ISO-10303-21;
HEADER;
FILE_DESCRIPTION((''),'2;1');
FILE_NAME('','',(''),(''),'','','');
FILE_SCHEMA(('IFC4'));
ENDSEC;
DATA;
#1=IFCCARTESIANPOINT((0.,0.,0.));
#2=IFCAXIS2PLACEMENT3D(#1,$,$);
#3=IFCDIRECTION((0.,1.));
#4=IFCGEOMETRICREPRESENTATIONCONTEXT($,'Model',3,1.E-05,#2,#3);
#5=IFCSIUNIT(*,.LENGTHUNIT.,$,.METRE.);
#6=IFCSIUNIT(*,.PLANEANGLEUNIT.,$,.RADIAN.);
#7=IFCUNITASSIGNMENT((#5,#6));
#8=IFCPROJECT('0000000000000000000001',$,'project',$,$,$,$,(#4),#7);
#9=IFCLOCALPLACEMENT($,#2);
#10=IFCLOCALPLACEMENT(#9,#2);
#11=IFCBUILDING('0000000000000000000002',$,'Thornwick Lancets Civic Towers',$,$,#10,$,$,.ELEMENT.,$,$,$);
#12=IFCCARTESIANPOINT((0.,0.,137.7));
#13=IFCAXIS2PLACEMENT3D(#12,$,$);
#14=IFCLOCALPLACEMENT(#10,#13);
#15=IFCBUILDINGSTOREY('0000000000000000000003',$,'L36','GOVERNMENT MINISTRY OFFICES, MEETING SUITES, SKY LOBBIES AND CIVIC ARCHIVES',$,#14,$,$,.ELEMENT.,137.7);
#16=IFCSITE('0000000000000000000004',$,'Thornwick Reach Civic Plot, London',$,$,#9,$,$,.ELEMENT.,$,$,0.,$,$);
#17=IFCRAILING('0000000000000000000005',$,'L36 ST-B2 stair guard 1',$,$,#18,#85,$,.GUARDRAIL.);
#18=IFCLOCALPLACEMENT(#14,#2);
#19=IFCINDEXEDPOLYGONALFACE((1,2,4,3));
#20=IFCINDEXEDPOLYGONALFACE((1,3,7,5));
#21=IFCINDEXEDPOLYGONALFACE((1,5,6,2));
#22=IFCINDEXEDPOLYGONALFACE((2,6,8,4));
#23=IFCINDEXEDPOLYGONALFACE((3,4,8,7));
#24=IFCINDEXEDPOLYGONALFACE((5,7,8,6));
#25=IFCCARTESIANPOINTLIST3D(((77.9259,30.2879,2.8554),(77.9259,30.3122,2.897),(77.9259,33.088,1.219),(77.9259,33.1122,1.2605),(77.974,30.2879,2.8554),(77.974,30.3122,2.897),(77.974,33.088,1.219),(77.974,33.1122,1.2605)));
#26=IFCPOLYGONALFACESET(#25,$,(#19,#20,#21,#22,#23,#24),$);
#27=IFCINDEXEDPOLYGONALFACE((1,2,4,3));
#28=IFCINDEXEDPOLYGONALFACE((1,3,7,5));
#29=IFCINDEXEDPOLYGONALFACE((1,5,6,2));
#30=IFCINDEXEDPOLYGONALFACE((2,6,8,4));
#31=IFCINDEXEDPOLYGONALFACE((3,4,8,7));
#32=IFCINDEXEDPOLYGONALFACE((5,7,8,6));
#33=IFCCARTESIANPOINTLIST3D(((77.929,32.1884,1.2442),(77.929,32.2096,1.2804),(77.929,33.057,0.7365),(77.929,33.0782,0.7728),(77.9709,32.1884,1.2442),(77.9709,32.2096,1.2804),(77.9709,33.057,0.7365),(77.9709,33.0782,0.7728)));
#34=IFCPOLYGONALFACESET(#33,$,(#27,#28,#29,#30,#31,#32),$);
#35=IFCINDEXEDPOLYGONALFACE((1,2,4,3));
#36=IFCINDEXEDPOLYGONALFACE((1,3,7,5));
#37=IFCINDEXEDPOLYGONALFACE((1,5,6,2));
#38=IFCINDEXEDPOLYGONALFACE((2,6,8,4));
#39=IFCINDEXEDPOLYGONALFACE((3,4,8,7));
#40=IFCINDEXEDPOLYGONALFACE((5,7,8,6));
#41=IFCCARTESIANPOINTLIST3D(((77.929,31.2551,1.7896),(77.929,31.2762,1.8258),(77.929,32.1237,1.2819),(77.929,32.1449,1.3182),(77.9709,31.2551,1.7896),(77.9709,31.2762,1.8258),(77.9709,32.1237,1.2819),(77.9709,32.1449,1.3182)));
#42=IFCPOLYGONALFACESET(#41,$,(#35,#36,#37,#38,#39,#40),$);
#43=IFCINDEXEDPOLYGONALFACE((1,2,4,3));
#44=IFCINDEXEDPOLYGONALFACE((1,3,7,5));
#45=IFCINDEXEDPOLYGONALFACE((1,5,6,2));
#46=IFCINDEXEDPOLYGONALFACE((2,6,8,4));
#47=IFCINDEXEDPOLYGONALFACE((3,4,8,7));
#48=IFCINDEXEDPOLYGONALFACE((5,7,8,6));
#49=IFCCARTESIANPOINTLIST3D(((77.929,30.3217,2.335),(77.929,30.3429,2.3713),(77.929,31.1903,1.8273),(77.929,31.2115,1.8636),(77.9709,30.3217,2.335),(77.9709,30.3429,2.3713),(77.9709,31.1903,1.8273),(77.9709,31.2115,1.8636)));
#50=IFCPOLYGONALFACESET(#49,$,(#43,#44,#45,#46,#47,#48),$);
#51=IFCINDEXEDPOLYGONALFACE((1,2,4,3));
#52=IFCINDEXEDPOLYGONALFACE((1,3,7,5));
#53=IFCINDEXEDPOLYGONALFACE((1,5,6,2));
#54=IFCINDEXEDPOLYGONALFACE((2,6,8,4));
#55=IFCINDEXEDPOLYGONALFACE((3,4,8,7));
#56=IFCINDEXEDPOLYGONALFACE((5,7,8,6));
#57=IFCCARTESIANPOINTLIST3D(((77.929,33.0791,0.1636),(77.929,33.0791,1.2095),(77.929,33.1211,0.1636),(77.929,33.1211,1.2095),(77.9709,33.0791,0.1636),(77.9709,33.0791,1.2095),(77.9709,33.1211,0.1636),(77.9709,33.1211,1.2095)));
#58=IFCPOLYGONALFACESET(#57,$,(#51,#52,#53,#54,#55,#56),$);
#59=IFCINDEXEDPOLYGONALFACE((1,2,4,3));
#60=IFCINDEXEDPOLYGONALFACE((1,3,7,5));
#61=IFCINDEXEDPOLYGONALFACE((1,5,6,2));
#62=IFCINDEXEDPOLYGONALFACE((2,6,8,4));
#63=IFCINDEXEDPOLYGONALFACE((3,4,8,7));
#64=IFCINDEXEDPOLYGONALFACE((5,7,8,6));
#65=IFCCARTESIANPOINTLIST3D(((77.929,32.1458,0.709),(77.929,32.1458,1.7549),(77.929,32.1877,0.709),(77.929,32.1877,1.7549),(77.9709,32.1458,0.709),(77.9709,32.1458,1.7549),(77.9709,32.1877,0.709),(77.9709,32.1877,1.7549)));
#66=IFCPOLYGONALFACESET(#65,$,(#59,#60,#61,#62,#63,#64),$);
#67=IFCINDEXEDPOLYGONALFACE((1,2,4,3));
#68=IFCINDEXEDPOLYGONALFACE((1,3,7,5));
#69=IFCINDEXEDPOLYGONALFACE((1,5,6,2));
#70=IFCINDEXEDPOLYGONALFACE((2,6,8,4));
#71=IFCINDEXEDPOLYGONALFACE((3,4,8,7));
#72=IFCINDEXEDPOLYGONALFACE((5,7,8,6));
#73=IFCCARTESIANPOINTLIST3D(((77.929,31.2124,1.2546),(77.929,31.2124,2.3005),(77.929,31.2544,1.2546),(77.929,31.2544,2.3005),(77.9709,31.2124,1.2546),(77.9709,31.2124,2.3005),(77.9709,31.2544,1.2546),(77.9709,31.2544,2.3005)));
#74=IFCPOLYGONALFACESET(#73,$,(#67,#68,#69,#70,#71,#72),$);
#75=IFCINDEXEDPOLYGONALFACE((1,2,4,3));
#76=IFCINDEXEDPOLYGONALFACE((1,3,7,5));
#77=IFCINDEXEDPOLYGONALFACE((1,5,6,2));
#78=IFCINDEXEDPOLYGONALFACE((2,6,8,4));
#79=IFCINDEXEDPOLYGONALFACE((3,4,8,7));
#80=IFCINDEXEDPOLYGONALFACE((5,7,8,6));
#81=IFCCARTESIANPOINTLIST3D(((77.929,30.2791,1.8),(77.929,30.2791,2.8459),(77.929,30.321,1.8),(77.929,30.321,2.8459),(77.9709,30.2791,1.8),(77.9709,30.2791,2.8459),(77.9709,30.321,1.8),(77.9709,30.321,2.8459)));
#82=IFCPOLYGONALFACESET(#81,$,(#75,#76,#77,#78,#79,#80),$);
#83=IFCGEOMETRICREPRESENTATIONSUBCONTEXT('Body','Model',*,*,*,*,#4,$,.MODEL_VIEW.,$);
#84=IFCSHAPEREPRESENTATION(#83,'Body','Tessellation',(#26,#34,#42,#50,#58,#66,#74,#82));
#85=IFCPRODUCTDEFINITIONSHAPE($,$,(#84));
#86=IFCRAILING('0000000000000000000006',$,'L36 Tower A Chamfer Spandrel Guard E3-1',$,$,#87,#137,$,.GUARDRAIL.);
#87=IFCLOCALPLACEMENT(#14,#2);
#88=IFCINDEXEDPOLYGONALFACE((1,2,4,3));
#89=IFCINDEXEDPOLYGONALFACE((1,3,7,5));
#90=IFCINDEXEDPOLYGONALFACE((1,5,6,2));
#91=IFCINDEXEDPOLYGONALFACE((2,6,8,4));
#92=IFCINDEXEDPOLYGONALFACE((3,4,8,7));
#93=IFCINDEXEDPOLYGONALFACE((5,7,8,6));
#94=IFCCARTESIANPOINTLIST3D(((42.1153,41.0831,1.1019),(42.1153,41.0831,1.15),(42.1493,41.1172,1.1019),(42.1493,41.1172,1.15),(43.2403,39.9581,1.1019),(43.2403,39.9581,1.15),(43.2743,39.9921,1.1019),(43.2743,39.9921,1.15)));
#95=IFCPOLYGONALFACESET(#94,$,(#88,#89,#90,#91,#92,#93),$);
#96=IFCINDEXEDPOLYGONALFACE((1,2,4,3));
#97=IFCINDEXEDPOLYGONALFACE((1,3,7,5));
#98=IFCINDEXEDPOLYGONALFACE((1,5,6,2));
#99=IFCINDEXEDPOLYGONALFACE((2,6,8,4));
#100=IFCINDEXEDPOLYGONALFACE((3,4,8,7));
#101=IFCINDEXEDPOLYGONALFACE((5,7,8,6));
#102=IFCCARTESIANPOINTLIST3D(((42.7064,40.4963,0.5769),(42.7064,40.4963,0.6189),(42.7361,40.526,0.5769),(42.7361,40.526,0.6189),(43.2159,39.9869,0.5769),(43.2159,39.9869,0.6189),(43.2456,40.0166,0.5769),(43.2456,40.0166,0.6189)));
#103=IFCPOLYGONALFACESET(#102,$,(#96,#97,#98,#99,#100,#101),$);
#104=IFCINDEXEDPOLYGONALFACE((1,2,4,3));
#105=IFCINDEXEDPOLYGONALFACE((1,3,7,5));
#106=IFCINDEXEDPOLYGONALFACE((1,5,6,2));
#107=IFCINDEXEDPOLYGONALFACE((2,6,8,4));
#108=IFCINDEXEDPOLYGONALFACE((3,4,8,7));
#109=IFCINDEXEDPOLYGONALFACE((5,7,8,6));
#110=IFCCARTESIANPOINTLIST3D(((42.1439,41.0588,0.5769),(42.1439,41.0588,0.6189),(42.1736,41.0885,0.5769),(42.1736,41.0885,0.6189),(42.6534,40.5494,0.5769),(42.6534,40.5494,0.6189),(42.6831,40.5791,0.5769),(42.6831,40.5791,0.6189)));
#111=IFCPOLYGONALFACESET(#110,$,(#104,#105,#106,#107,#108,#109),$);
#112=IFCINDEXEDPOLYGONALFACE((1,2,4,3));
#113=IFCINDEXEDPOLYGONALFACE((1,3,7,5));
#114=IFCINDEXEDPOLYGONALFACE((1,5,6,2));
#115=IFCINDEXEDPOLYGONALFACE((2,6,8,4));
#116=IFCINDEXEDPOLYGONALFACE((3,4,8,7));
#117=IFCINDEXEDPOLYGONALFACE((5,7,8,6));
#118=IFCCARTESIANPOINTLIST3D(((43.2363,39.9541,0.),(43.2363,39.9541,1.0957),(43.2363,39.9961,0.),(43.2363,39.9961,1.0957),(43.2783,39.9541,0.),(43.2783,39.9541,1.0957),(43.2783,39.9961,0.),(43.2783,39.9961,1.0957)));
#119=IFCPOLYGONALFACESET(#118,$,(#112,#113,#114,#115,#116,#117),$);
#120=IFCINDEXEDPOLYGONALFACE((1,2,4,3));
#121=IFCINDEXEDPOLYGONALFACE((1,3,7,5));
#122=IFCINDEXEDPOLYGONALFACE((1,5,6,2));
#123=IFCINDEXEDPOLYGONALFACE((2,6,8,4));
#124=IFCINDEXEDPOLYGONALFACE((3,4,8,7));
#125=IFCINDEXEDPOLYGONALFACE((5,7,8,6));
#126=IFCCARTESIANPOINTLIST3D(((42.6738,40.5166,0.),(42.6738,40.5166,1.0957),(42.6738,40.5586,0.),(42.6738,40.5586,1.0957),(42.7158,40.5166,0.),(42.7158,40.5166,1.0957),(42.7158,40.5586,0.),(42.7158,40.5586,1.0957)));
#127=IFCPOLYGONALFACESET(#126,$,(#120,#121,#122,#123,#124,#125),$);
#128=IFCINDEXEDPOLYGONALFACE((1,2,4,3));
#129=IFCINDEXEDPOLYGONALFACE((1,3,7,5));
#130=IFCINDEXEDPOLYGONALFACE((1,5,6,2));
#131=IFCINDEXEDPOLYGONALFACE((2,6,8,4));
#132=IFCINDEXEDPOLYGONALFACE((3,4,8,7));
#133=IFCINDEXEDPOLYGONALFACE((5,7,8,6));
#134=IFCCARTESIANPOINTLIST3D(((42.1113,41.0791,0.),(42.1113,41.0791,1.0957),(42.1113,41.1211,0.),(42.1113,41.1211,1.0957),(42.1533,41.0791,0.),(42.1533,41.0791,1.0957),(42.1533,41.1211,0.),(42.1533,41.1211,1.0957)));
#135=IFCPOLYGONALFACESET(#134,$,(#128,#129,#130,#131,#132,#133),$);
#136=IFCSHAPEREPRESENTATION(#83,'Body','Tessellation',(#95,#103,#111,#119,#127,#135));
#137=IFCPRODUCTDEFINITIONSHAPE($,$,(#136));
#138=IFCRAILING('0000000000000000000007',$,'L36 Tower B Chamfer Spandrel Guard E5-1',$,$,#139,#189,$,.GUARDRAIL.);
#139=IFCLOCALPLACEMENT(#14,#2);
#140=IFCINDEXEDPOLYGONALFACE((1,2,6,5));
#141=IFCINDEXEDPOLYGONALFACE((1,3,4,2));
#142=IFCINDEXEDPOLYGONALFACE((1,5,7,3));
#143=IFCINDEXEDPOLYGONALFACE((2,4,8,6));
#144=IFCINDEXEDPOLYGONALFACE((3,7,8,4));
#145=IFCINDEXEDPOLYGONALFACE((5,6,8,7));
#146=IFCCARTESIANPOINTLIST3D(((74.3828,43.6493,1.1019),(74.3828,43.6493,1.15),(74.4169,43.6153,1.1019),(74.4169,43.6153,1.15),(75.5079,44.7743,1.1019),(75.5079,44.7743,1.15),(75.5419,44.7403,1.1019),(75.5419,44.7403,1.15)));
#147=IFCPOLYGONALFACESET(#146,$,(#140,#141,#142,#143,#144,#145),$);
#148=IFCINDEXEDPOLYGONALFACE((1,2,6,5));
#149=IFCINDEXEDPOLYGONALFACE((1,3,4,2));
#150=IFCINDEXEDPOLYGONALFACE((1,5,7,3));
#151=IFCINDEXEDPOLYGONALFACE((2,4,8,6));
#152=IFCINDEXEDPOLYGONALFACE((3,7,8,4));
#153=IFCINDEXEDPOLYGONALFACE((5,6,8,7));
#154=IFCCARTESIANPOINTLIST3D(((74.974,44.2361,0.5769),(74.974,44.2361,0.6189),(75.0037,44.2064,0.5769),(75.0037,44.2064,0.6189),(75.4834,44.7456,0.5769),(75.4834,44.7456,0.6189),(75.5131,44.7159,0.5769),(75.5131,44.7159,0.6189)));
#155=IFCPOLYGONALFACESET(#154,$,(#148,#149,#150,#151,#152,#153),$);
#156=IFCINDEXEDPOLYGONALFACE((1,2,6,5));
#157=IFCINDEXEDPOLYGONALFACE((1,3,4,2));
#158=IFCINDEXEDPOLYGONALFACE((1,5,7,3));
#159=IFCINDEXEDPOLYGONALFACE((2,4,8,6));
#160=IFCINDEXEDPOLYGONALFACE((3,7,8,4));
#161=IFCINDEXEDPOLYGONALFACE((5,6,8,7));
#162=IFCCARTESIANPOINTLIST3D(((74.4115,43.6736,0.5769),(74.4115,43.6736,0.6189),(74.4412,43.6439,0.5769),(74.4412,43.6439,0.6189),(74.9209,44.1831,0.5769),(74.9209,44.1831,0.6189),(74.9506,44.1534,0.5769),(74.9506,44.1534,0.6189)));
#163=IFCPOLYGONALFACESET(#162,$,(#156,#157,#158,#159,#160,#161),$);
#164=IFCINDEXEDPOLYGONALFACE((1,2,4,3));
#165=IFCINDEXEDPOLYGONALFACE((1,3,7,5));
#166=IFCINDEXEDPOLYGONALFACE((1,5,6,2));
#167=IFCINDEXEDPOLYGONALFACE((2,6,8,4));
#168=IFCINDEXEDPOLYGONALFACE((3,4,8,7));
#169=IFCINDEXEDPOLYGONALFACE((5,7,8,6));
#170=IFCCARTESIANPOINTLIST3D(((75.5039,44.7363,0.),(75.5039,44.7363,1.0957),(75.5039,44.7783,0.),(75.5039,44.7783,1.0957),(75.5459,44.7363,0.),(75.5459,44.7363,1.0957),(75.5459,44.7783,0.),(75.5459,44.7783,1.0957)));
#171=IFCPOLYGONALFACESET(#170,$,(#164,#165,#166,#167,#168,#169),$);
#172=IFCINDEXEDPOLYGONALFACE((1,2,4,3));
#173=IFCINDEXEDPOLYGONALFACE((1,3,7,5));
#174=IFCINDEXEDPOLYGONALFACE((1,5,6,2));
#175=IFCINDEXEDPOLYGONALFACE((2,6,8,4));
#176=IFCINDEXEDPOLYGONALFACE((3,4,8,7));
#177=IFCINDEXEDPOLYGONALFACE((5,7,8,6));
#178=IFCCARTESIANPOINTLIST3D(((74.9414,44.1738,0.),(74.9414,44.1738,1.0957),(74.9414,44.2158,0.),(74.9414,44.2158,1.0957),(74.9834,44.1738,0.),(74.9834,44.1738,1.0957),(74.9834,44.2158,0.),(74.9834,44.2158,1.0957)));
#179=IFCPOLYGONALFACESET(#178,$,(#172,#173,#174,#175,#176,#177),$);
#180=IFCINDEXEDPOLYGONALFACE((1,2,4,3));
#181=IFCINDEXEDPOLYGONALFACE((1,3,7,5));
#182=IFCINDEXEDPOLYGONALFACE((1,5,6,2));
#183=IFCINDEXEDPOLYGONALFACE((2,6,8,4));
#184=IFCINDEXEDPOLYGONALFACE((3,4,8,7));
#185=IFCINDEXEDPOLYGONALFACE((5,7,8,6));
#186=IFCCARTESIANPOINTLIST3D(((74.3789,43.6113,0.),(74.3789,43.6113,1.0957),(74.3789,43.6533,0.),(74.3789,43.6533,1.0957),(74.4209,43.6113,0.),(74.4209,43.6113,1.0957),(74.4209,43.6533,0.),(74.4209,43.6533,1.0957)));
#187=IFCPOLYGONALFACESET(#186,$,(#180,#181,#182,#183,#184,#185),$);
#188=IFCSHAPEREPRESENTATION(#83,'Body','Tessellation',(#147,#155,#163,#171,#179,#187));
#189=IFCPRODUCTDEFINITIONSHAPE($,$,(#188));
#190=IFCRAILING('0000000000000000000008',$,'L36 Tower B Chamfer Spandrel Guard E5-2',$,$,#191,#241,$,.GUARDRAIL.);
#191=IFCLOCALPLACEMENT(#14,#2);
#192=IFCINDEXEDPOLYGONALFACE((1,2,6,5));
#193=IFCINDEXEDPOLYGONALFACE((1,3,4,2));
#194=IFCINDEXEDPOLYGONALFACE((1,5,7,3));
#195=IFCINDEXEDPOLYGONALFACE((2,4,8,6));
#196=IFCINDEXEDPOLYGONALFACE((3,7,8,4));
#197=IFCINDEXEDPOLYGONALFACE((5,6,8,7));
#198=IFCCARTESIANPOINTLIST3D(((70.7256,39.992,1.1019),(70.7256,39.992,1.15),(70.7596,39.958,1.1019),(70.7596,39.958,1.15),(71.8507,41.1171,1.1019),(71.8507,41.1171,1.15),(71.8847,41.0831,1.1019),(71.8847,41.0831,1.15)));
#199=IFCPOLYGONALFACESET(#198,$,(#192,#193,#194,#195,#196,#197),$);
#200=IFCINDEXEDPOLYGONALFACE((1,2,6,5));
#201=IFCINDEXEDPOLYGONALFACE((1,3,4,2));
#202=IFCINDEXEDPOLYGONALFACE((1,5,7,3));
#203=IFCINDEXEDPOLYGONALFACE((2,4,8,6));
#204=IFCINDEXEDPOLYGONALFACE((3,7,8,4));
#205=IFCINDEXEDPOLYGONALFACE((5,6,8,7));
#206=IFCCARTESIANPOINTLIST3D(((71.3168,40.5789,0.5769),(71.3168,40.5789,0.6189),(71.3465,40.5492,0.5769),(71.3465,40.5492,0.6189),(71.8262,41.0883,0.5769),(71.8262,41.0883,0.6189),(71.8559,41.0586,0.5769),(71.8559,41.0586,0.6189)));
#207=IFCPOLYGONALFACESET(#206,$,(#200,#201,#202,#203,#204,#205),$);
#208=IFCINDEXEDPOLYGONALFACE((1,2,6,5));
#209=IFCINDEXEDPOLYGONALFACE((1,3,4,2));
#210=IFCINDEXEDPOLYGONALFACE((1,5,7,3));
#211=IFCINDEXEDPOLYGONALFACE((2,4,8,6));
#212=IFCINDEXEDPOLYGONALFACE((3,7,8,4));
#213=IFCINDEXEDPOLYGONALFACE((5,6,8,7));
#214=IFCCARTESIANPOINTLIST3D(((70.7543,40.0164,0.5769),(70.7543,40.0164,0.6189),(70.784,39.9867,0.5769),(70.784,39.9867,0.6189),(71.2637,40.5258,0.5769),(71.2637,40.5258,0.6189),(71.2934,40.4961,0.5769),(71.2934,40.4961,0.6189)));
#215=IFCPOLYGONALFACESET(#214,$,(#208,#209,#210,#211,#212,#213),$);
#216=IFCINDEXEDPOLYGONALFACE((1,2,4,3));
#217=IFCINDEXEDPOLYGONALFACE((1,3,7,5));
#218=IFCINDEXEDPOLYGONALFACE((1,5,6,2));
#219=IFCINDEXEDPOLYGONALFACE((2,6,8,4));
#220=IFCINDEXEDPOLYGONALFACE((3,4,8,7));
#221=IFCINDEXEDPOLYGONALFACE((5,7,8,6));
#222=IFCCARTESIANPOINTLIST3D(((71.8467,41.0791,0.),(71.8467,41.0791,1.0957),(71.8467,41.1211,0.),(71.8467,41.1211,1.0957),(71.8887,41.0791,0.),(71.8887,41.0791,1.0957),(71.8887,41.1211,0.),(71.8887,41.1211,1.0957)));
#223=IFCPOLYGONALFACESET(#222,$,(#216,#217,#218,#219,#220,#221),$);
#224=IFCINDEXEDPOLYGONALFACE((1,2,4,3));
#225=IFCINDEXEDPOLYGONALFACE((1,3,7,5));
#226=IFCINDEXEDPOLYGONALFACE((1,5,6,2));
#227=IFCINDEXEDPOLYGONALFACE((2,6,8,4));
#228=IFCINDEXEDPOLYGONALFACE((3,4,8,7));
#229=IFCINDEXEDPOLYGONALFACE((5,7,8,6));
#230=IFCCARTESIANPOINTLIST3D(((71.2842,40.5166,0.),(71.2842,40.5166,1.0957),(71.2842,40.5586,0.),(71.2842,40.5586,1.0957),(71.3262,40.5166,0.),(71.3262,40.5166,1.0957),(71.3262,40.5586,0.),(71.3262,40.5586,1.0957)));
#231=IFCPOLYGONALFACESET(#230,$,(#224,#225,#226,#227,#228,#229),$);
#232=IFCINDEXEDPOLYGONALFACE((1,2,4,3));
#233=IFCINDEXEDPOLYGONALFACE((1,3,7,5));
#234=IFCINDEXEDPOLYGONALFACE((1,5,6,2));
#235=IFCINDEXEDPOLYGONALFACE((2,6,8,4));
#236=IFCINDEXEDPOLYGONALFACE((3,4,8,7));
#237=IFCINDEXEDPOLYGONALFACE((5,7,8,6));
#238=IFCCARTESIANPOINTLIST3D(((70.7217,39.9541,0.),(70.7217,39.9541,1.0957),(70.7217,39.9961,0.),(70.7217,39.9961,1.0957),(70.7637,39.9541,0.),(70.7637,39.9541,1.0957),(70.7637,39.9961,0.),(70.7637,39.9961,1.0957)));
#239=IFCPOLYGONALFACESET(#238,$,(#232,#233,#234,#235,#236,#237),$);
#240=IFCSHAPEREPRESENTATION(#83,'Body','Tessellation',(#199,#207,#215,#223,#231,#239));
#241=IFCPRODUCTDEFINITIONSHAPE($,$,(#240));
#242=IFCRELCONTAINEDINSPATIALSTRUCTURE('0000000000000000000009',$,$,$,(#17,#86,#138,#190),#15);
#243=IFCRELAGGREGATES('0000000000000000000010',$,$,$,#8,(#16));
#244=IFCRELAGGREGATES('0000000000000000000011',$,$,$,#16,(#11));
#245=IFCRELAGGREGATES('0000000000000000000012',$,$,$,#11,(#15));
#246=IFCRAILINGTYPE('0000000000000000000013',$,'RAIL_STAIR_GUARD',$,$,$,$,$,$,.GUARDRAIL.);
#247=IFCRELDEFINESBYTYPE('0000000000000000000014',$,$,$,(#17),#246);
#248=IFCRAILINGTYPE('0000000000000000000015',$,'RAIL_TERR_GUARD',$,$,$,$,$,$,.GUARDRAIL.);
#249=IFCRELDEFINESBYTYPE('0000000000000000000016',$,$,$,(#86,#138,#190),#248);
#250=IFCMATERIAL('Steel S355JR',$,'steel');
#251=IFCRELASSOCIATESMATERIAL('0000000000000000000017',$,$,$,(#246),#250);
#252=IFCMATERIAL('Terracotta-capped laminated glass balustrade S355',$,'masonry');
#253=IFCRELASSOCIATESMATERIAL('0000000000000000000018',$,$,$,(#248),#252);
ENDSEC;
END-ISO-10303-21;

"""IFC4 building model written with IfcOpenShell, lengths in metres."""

from ifc_helpers import new_model, si_unit, direction, frame, origin, origin_2d, place, context, subcontext, project, spatial, rectangle, extrude, material, type_object, element, save


model = new_model("IFC4")

# Units and contexts
model_context = context("Model", 3, precision=1e-05, world=origin(), true_north=direction((0.0, 1.0)))
body_context = subcontext(model_context, "Body", "Model", "MODEL_VIEW")
ifc_project = project(units=[si_unit("LENGTHUNIT", "METRE"), si_unit("PLANEANGLEUNIT", "RADIAN")], contexts=[model_context])

# Site, building, storey
site_placement = place(None, origin())
site = spatial("IfcSite", under=ifc_project, at=site_placement, Name="Thornwick Reach Civic Plot, London", CompositionType="ELEMENT", RefElevation=0.0)
building_placement = place(site_placement, origin())
building = spatial("IfcBuilding", under=site, at=building_placement, Name="Thornwick Lancets Civic Towers", CompositionType="ELEMENT")
storey_placement = place(building_placement, frame((0.0, 0.0, 137.7)))
storey = spatial("IfcBuildingStorey", under=building, at=storey_placement, Name="L36", Description="GOVERNMENT MINISTRY OFFICES, MEETING SUITES, SKY LOBBIES AND CIVIC ARCHIVES", CompositionType="ELEMENT", Elevation=137.7)

# Shared definitions
ifc_material_1 = material(Name="Steel S355JR", Category="steel")

# Railings
railing_type_1 = type_object("IfcRailingType", Name="RAIL_STAIR_GUARD", PredefinedType="GUARDRAIL", material=ifc_material_1)
railing_1_placement = place(storey_placement, frame((77.95, 33.1001, 0.1636)))
element("IfcRailing", 1, at=railing_1_placement, inside=storey, type_object=railing_type_1, Name="L36 ST-B2 stair guard 1", PredefinedType="GUARDRAIL", context=body_context, shape_type="SweptSolid", body=[
    extrude(rectangle(XDim=0.0481, YDim=0.0481, at=origin_2d()), frame((0.0, 0.0, 1.0762), z_axis=(0.0, -0.863361, 0.504587), x_axis=(1.0, 0.0, 0.0)), (0.0, 0.0, 1.0), 3.2432),
    extrude(rectangle(XDim=0.042, YDim=0.042, at=origin_2d()), frame((0.0, -0.0325, 0.5911), z_axis=(0.0, -0.863361, 0.504587), x_axis=(1.0, 0.0, 0.0)), (0.0, 0.0, 1.0), 1.0061),
    extrude(rectangle(XDim=0.042, YDim=0.042, at=origin_2d()), frame((0.0, -0.9658, 1.1365), z_axis=(0.0, -0.863361, 0.504587), x_axis=(1.0, 0.0, 0.0)), (0.0, 0.0, 1.0), 1.0061),
    extrude(rectangle(XDim=0.042, YDim=0.042, at=origin_2d()), frame((0.0, -1.8992, 1.6819), z_axis=(0.0, -0.863361, 0.504587), x_axis=(1.0, 0.0, 0.0)), (0.0, 0.0, 1.0), 1.0061),
    extrude(rectangle(XDim=0.042, YDim=0.042, at=origin_2d()), origin(), (0.0, 0.0, 1.0), 1.0459),
    extrude(rectangle(XDim=0.042, YDim=0.042, at=origin_2d()), frame((0.0, -0.9333, 0.5454)), (0.0, 0.0, 1.0), 1.0459),
    extrude(rectangle(XDim=0.042, YDim=0.042, at=origin_2d()), frame((0.0, -1.8667, 1.0911)), (0.0, 0.0, 1.0), 1.0459),
    extrude(rectangle(XDim=0.042, YDim=0.042, at=origin_2d()), frame((0.0, -2.8, 1.6365)), (0.0, 0.0, 1.0), 1.0459),
])
ifc_material_2 = material(Name="Terracotta-capped laminated glass balustrade S355", Category="masonry")
railing_type_2 = type_object("IfcRailingType", Name="RAIL_TERR_GUARD", PredefinedType="GUARDRAIL", material=ifc_material_2)
railing_2_placement = place(storey_placement, frame((43.2573, 39.9751, 0.0)))
element("IfcRailing", 2, at=railing_2_placement, inside=storey, type_object=railing_type_2, Name="L36 Tower A Chamfer Spandrel Guard E3-1", PredefinedType="GUARDRAIL", context=body_context, shape_type="SweptSolid", body=[
    extrude(rectangle(XDim=0.0481, YDim=0.0481, at=origin_2d()), frame((0.0, 0.0, 1.126), z_axis=(-0.707107, 0.707107, 0.0), x_axis=(-0.707107, -0.707107, 0.0)), (0.0, 0.0, 1.0), 1.5911),
    extrude(rectangle(XDim=0.042, YDim=0.042, at=origin_2d()), frame((-0.0266, 0.0266, 0.5979), z_axis=(-0.707107, 0.707107, 0.0), x_axis=(-0.707107, -0.707107, 0.0)), (0.0, 0.0, 1.0), 0.7205),
    extrude(rectangle(XDim=0.042, YDim=0.042, at=origin_2d()), frame((-0.5891, 0.5891, 0.5979), z_axis=(-0.707107, 0.707107, 0.0), x_axis=(-0.707107, -0.707107, 0.0)), (0.0, 0.0, 1.0), 0.7205),
    extrude(rectangle(XDim=0.042, YDim=0.042, at=origin_2d()), origin(), (0.0, 0.0, 1.0), 1.0957),
    extrude(rectangle(XDim=0.042, YDim=0.042, at=origin_2d()), frame((-0.5625, 0.5625, 0.0)), (0.0, 0.0, 1.0), 1.0957),
    extrude(rectangle(XDim=0.042, YDim=0.042, at=origin_2d()), frame((-1.125, 1.125, 0.0)), (0.0, 0.0, 1.0), 1.0957),
])
for number, where, name in (
    (3, (75.5249, 44.7573, 0.0), "L36 Tower B Chamfer Spandrel Guard E5-1"),
    (4, (71.8677, 41.1001, 0.0), "L36 Tower B Chamfer Spandrel Guard E5-2"),
):
    element("IfcRailing", number, at=place(storey_placement, frame(where)), inside=storey, type_object=railing_type_2, Name=name, PredefinedType="GUARDRAIL", context=body_context, shape_type="SweptSolid", body=[
        extrude(rectangle(XDim=0.0481, YDim=0.0481, at=origin_2d()), frame((0.0, 0.0, 1.126), z_axis=(-0.707107, -0.707107, 0.0), x_axis=(0.707107, -0.707107, 0.0)), (0.0, 0.0, 1.0), 1.5911),
        extrude(rectangle(XDim=0.042, YDim=0.042, at=origin_2d()), frame((-0.0266, -0.0266, 0.5979), z_axis=(-0.707107, -0.707107, 0.0), x_axis=(0.707107, -0.707107, 0.0)), (0.0, 0.0, 1.0), 0.7205),
        extrude(rectangle(XDim=0.042, YDim=0.042, at=origin_2d()), frame((-0.5891, -0.5891, 0.5979), z_axis=(-0.707107, -0.707107, 0.0), x_axis=(0.707107, -0.707107, 0.0)), (0.0, 0.0, 1.0), 0.7205),
        extrude(rectangle(XDim=0.042, YDim=0.042, at=origin_2d()), origin(), (0.0, 0.0, 1.0), 1.0957),
        extrude(rectangle(XDim=0.042, YDim=0.042, at=origin_2d()), frame((-0.5625, -0.5625, 0.0)), (0.0, 0.0, 1.0), 1.0957),
        extrude(rectangle(XDim=0.042, YDim=0.042, at=origin_2d()), frame((-1.125, -1.125, 0.0)), (0.0, 0.0, 1.0), 1.0957),
    ])

save(model, "model.ifc")
